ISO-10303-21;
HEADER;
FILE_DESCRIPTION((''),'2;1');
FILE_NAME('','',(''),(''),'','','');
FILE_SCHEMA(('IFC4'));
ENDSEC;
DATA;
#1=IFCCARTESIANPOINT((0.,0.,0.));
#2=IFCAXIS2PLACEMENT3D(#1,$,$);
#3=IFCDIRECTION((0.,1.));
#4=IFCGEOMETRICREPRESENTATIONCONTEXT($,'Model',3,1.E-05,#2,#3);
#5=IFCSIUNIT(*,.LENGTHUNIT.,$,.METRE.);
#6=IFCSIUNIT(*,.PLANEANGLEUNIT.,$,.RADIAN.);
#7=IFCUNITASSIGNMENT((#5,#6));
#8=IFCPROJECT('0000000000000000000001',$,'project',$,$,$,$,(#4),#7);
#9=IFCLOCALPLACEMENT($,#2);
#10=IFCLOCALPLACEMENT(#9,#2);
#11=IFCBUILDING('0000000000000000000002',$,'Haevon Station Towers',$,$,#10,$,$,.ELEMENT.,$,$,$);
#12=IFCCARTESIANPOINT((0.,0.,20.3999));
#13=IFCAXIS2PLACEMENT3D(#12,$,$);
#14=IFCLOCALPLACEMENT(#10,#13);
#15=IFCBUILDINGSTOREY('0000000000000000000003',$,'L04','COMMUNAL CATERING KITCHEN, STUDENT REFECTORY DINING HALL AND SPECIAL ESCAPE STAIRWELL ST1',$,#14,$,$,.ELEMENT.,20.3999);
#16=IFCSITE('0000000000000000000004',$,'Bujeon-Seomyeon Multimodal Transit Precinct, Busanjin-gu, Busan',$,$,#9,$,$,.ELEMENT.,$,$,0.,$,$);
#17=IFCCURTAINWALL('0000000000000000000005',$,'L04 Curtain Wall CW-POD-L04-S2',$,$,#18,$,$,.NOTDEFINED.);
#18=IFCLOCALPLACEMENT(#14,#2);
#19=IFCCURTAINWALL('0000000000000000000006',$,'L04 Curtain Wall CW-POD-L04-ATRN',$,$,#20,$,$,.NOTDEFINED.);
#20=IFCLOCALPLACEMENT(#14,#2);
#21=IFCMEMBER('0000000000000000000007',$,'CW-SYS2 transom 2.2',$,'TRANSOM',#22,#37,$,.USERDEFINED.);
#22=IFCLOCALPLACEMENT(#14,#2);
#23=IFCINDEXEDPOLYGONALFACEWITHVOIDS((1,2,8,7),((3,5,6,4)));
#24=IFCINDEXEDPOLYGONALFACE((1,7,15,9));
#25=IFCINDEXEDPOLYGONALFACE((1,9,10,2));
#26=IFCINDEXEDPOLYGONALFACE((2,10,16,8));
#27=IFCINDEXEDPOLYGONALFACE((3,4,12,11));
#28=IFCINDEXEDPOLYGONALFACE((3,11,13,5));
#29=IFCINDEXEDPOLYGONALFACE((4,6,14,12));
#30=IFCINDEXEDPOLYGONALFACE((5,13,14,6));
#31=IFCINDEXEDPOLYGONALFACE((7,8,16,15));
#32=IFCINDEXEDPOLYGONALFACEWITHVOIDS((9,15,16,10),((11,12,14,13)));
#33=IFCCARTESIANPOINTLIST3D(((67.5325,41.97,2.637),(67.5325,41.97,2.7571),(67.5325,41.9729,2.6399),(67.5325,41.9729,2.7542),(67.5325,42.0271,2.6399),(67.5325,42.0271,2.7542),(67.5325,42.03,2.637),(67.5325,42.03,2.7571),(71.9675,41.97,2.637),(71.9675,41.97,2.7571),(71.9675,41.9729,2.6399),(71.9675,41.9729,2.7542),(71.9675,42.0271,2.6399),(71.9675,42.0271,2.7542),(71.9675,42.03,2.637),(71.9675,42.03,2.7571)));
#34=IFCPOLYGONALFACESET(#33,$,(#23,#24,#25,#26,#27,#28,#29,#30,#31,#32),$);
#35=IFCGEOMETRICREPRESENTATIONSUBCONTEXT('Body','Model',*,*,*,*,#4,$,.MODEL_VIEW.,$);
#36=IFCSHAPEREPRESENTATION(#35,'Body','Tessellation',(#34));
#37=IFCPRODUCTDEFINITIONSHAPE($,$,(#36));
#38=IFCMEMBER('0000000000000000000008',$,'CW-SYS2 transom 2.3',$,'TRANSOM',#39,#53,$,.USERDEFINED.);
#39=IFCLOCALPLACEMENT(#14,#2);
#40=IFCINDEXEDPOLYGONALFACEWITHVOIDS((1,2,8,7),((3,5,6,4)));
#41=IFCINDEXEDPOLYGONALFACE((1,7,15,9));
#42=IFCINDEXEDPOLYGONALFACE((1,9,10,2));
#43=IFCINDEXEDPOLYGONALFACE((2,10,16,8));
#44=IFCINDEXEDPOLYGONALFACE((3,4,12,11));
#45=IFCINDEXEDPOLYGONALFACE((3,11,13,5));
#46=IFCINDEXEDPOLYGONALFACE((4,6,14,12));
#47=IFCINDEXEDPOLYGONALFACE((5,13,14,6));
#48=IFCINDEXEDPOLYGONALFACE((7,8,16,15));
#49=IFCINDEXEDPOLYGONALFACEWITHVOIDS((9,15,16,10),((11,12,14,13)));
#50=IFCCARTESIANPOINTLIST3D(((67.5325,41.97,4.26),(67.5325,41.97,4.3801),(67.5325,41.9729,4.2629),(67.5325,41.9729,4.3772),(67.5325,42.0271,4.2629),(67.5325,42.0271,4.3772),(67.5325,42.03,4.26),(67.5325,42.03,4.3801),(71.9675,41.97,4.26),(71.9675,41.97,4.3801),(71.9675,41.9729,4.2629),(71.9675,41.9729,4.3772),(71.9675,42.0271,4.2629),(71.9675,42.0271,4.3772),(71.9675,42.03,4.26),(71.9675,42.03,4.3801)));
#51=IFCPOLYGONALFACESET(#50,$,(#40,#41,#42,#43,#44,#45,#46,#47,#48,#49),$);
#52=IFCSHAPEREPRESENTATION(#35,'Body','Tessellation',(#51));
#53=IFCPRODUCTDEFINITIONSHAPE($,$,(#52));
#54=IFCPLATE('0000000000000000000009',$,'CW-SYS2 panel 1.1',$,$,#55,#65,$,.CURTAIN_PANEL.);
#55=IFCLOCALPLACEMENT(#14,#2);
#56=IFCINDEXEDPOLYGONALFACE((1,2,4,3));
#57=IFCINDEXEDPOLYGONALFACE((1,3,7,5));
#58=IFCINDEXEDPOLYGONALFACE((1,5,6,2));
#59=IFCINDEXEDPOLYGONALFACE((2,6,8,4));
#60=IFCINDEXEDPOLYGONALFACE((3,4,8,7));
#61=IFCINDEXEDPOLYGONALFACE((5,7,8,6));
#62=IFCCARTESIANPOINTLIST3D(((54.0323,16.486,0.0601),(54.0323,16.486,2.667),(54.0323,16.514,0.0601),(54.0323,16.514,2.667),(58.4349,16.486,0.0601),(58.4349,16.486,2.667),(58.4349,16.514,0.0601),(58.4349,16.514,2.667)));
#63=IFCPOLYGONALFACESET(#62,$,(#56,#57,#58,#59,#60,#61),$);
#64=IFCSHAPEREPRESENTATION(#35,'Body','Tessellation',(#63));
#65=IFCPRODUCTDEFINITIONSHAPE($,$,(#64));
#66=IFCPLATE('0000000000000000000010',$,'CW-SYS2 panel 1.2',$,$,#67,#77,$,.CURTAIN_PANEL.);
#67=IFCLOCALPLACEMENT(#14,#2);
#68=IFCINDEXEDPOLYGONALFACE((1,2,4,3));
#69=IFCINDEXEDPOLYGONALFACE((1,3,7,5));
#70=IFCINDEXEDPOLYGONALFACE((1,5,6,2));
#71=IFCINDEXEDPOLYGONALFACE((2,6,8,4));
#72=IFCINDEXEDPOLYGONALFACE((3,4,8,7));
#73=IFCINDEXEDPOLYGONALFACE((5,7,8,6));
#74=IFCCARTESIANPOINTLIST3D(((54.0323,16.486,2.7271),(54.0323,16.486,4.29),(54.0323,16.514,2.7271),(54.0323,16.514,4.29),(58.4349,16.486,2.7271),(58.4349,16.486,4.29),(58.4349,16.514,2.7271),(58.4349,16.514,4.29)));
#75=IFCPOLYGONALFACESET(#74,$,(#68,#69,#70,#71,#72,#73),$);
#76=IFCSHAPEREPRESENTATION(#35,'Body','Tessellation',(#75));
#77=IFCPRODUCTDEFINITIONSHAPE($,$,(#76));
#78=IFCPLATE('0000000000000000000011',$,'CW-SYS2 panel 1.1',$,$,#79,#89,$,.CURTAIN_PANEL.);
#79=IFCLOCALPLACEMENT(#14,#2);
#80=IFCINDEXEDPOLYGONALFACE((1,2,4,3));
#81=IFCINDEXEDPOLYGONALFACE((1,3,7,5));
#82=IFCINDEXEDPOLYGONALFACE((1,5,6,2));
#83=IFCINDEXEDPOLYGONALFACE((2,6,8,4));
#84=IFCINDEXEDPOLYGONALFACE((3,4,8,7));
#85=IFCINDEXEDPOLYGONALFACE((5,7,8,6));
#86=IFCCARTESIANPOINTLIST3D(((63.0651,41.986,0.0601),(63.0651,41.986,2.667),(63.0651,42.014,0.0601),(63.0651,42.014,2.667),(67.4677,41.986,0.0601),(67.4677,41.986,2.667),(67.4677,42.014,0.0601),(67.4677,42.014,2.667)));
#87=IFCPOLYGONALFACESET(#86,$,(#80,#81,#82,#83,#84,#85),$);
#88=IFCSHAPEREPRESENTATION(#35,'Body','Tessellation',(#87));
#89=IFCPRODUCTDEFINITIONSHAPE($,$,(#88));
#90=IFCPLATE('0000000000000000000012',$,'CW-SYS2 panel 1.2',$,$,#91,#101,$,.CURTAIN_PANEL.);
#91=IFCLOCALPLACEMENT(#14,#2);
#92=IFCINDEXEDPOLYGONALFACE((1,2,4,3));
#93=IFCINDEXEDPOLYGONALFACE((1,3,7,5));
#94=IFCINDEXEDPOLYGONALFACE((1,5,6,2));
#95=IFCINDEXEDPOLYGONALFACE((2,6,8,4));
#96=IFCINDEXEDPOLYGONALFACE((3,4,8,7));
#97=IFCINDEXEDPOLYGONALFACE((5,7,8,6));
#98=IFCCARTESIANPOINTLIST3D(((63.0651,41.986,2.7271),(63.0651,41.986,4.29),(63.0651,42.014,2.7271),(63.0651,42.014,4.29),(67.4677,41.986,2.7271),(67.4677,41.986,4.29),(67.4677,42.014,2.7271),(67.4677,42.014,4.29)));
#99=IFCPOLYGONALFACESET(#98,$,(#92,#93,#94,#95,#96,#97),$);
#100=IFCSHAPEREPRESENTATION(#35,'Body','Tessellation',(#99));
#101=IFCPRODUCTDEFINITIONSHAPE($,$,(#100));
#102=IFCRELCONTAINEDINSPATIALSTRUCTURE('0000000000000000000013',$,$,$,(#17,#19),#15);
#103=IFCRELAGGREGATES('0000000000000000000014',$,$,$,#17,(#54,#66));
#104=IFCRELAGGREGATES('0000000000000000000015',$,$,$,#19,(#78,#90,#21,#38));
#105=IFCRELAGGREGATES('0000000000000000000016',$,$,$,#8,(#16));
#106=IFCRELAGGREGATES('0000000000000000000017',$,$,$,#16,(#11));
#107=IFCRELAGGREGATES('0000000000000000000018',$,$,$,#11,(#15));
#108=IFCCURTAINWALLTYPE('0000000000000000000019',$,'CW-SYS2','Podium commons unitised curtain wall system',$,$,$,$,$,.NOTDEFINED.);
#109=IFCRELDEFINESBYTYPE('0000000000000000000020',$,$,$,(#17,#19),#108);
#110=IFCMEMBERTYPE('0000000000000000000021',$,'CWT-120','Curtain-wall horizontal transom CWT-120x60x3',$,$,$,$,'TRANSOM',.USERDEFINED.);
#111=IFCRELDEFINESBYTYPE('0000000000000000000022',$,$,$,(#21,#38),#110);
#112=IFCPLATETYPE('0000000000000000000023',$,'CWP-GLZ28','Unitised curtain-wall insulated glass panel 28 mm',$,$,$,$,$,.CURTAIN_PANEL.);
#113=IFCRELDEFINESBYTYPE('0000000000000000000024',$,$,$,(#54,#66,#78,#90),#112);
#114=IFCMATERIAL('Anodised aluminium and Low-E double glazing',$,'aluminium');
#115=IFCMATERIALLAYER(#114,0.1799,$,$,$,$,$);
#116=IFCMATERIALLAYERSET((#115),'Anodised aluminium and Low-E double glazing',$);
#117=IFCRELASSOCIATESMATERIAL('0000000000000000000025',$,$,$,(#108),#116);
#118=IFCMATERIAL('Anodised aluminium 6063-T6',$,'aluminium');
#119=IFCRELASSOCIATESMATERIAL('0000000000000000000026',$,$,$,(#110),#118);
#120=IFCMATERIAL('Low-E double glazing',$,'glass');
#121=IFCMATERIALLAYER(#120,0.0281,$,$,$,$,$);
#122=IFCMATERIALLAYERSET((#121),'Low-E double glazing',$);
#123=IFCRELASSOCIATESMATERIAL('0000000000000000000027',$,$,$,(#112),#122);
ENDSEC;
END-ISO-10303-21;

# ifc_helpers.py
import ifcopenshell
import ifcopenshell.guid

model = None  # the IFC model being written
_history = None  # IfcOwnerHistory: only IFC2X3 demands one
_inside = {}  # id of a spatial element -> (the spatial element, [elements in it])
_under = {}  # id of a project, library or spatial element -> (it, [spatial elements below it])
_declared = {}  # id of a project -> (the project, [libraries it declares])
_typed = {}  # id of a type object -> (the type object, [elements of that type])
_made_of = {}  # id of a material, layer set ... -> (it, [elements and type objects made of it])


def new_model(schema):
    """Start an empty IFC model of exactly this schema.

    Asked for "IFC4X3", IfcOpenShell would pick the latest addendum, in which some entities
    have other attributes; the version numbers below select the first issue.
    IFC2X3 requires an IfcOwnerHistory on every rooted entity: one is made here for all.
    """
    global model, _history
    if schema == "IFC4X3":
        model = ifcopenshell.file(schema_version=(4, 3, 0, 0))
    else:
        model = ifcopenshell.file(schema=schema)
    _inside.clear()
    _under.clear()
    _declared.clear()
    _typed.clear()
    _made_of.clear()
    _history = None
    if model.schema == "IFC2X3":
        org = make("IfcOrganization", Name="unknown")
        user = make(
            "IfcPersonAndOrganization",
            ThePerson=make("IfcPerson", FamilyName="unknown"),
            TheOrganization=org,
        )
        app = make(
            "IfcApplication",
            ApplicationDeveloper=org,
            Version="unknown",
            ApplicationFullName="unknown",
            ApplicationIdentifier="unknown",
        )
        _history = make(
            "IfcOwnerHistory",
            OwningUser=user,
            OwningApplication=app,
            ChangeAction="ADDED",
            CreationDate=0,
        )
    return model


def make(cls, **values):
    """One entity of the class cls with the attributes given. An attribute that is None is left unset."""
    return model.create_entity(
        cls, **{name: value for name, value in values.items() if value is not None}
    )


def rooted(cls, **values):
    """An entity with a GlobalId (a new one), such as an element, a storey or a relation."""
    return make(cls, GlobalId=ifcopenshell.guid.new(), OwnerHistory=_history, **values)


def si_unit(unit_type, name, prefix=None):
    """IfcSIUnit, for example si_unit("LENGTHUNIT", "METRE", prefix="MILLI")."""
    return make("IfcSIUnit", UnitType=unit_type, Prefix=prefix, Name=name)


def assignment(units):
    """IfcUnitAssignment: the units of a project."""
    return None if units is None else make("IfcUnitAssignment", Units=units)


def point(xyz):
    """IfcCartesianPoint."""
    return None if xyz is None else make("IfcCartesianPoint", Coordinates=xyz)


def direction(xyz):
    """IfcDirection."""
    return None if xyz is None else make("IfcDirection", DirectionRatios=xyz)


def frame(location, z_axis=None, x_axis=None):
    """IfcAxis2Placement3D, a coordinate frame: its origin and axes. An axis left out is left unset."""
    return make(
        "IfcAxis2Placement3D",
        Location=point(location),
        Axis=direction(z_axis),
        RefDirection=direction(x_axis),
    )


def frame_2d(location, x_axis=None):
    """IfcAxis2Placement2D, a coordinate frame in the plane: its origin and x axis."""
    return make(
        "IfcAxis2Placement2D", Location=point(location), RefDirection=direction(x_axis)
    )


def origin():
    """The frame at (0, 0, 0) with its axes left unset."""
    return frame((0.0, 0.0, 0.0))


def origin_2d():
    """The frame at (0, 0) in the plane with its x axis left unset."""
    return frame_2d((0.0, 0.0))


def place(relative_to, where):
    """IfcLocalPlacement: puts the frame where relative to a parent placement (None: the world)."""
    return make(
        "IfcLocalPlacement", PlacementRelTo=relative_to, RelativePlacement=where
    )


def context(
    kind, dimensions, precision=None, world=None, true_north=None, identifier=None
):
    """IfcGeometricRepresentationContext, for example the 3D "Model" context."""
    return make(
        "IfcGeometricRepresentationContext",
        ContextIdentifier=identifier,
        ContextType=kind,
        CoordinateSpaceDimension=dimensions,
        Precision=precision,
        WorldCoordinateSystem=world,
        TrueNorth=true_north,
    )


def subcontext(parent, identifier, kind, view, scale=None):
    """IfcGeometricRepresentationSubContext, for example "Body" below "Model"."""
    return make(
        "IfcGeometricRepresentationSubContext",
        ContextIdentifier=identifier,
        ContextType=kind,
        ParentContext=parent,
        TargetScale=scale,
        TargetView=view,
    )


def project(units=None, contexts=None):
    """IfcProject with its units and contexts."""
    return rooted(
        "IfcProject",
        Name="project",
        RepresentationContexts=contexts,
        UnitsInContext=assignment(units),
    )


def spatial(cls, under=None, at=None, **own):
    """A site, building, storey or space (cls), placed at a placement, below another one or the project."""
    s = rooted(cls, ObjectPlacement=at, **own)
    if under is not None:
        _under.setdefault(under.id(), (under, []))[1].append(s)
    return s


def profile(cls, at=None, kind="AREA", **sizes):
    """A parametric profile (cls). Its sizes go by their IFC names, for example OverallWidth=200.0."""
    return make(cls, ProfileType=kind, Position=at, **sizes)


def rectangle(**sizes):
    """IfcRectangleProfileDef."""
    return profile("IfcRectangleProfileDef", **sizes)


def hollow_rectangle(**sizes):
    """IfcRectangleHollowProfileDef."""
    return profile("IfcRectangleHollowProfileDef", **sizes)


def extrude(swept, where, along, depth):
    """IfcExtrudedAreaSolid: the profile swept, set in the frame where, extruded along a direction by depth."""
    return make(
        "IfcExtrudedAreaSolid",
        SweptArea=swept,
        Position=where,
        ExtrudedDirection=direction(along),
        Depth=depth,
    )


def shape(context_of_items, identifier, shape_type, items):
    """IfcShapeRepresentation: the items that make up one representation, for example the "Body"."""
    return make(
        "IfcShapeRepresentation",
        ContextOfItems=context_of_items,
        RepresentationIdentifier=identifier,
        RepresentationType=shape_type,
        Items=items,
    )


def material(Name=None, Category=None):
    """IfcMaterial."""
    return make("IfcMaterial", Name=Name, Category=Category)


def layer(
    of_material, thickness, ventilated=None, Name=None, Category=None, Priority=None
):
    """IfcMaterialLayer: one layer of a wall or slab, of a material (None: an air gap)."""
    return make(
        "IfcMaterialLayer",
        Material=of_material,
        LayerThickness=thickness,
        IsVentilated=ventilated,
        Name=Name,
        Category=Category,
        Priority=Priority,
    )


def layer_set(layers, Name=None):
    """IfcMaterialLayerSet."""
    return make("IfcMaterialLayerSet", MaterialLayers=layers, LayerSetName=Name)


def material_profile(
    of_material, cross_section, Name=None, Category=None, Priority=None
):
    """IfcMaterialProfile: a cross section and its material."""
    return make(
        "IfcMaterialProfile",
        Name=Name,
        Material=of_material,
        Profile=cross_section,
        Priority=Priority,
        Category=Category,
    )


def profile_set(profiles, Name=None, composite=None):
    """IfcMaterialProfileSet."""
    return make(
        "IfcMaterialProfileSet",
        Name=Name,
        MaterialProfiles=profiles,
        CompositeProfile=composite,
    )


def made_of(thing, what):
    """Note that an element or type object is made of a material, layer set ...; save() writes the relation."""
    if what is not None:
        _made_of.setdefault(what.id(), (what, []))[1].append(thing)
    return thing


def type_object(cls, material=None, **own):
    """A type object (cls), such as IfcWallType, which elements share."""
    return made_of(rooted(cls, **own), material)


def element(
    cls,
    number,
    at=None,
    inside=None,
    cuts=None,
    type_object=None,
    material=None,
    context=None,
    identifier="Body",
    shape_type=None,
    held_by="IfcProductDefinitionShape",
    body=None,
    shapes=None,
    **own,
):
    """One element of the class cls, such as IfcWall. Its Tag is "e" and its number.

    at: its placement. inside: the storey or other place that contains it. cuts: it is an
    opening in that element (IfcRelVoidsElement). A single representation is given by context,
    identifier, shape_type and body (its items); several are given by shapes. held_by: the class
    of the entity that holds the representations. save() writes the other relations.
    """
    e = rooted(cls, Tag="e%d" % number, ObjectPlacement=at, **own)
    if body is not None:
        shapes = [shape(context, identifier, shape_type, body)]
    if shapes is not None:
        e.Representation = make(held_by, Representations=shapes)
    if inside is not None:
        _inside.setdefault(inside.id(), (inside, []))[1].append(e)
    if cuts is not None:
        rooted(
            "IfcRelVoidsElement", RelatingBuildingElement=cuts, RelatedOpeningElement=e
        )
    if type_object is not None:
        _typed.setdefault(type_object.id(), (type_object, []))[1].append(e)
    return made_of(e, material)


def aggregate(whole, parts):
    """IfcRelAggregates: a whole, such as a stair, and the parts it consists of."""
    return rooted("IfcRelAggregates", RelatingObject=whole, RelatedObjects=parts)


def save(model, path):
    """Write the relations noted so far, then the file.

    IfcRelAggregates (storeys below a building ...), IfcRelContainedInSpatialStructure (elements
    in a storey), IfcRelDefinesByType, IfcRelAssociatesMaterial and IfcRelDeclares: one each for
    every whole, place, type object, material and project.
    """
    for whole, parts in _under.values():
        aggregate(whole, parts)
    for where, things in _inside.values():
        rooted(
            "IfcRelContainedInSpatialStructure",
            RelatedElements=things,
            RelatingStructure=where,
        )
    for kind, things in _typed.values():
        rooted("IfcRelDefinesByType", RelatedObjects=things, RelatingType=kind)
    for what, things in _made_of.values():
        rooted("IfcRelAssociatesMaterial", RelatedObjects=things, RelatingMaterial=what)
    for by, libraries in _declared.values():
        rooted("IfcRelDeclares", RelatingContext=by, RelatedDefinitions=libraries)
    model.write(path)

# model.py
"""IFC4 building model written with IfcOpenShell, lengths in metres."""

from ifc_helpers import new_model, si_unit, direction, frame, origin, origin_2d, place, context, subcontext, project, spatial, rectangle, hollow_rectangle, extrude, material, layer, layer_set, material_profile, profile_set, type_object, element, aggregate, save


model = new_model("IFC4")

# Units and contexts
model_context = context("Model", 3, precision=1e-05, world=origin(), true_north=direction((0.0, 1.0)))
body_context = subcontext(model_context, "Body", "Model", "MODEL_VIEW")
ifc_project = project(units=[si_unit("LENGTHUNIT", "METRE"), si_unit("PLANEANGLEUNIT", "RADIAN")], contexts=[model_context])

# Site, building, storey
site_placement = place(None, origin())
site = spatial("IfcSite", under=ifc_project, at=site_placement, Name="Bujeon-Seomyeon Multimodal Transit Precinct, Busanjin-gu, Busan", CompositionType="ELEMENT", RefElevation=0.0)
building_placement = place(site_placement, origin())
building = spatial("IfcBuilding", under=site, at=building_placement, Name="Haevon Station Towers", CompositionType="ELEMENT")
storey_placement = place(building_placement, frame((0.0, 0.0, 20.3999)))
storey = spatial("IfcBuildingStorey", under=building, at=storey_placement, Name="L04", Description="COMMUNAL CATERING KITCHEN, STUDENT REFECTORY DINING HALL AND SPECIAL ESCAPE STAIRWELL ST1", CompositionType="ELEMENT", Elevation=20.3999)

# Curtain walls
ifc_material_1 = material(Name="Anodised aluminium and Low-E double glazing", Category="aluminium")
ifc_layer_1 = layer(ifc_material_1, 0.1799)
ifc_layer_set_1 = layer_set([ifc_layer_1], Name="Anodised aluminium and Low-E double glazing")
curtain_wall_type = type_object("IfcCurtainWallType", Name="CW-SYS2", Description="Podium commons unitised curtain wall system", PredefinedType="NOTDEFINED", material=ifc_layer_set_1)
curtain_wall_1_placement = place(storey_placement, origin())
curtain_wall_1 = element("IfcCurtainWall", 1, at=curtain_wall_1_placement, inside=storey, type_object=curtain_wall_type, Name="L04 Curtain Wall CW-POD-L04-S2", PredefinedType="NOTDEFINED")
ifc_material_2 = material(Name="Anodised aluminium 6063-T6", Category="aluminium")
curtain_wall_2_placement = place(storey_placement, origin())
curtain_wall_2 = element("IfcCurtainWall", 2, at=curtain_wall_2_placement, inside=storey, type_object=curtain_wall_type, Name="L04 Curtain Wall CW-POD-L04-ATRN", PredefinedType="NOTDEFINED")

# Members
ifc_material_profile_1 = material_profile(ifc_material_2, hollow_rectangle(XDim=0.0601, YDim=0.1201, WallThickness=0.0029, at=origin_2d()), Name="CWT-120x60x3")
ifc_profile_set_1 = profile_set([ifc_material_profile_1], Name="Anodised aluminium 6063-T6")
member_type_1 = type_object("IfcMemberType", Name="CWT-120", Description="Curtain-wall horizontal transom CWT-120x60x3", ElementType="TRANSOM", PredefinedType="USERDEFINED", material=ifc_profile_set_1)
member_1_placement = place(storey_placement, frame((67.5325, 42.0, 2.697), z_axis=(1.0, 0.0, 0.0), x_axis=(0.0, 1.0, 0.0)))
member_1 = element("IfcMember", 3, at=member_1_placement, type_object=member_type_1, Name="CW-SYS2 transom 2.2", ObjectType="TRANSOM", PredefinedType="USERDEFINED", context=body_context, shape_type="SweptSolid", body=[
    extrude(hollow_rectangle(XDim=0.0601, YDim=0.1201, WallThickness=0.0029, at=origin_2d()), origin(), (0.0, 0.0, 1.0), 4.4351),
])
member_2_placement = place(storey_placement, frame((67.5325, 42.0, 4.3201), z_axis=(1.0, 0.0, 0.0), x_axis=(0.0, 1.0, 0.0)))
member_2 = element("IfcMember", 4, at=member_2_placement, type_object=member_type_1, Name="CW-SYS2 transom 2.3", ObjectType="TRANSOM", PredefinedType="USERDEFINED", context=body_context, shape_type="SweptSolid", body=[
    extrude(hollow_rectangle(XDim=0.0601, YDim=0.1201, WallThickness=0.0029, at=origin_2d()), origin(), (0.0, 0.0, 1.0), 4.4351),
])

# Plates
ifc_material_3 = material(Name="Low-E double glazing", Category="glass")
ifc_layer_2 = layer(ifc_material_3, 0.0281)
ifc_layer_set_2 = layer_set([ifc_layer_2], Name="Low-E double glazing")
plate_type = type_object("IfcPlateType", Name="CWP-GLZ28", Description="Unitised curtain-wall insulated glass panel 28 mm", PredefinedType="CURTAIN_PANEL", material=ifc_layer_set_2)
plate_1_placement = place(storey_placement, frame((56.2336, 16.5, 0.0601), z_axis=(0.0, 0.0, 1.0), x_axis=(-1.0, 0.0, 0.0)))
plate_1 = element("IfcPlate", 5, at=plate_1_placement, type_object=plate_type, Name="CW-SYS2 panel 1.1", PredefinedType="CURTAIN_PANEL", context=body_context, shape_type="SweptSolid", body=[
    extrude(rectangle(XDim=4.4026, YDim=0.0281, at=origin_2d()), origin(), (0.0, 0.0, 1.0), 2.6069),
])
plate_2_placement = place(storey_placement, frame((56.2336, 16.5, 2.7271), z_axis=(0.0, 0.0, 1.0), x_axis=(-1.0, 0.0, 0.0)))
plate_2 = element("IfcPlate", 6, at=plate_2_placement, type_object=plate_type, Name="CW-SYS2 panel 1.2", PredefinedType="CURTAIN_PANEL", context=body_context, shape_type="SweptSolid", body=[
    extrude(rectangle(XDim=4.4026, YDim=0.0281, at=origin_2d()), origin(), (0.0, 0.0, 1.0), 1.563),
])
aggregate(curtain_wall_1, [plate_1, plate_2])
plate_3_placement = place(storey_placement, frame((65.2664, 42.0, 0.0601), z_axis=(0.0, 0.0, 1.0), x_axis=(1.0, 0.0, 0.0)))
plate_3 = element("IfcPlate", 7, at=plate_3_placement, type_object=plate_type, Name="CW-SYS2 panel 1.1", PredefinedType="CURTAIN_PANEL", context=body_context, shape_type="SweptSolid", body=[
    extrude(rectangle(XDim=4.4026, YDim=0.0281, at=origin_2d()), origin(), (0.0, 0.0, 1.0), 2.6069),
])
plate_4_placement = place(storey_placement, frame((65.2664, 42.0, 2.7271), z_axis=(0.0, 0.0, 1.0), x_axis=(1.0, 0.0, 0.0)))
plate_4 = element("IfcPlate", 8, at=plate_4_placement, type_object=plate_type, Name="CW-SYS2 panel 1.2", PredefinedType="CURTAIN_PANEL", context=body_context, shape_type="SweptSolid", body=[
    extrude(rectangle(XDim=4.4026, YDim=0.0281, at=origin_2d()), origin(), (0.0, 0.0, 1.0), 1.563),
])
aggregate(curtain_wall_2, [plate_3, plate_4, member_1, member_2])

save(model, "model.ifc")
